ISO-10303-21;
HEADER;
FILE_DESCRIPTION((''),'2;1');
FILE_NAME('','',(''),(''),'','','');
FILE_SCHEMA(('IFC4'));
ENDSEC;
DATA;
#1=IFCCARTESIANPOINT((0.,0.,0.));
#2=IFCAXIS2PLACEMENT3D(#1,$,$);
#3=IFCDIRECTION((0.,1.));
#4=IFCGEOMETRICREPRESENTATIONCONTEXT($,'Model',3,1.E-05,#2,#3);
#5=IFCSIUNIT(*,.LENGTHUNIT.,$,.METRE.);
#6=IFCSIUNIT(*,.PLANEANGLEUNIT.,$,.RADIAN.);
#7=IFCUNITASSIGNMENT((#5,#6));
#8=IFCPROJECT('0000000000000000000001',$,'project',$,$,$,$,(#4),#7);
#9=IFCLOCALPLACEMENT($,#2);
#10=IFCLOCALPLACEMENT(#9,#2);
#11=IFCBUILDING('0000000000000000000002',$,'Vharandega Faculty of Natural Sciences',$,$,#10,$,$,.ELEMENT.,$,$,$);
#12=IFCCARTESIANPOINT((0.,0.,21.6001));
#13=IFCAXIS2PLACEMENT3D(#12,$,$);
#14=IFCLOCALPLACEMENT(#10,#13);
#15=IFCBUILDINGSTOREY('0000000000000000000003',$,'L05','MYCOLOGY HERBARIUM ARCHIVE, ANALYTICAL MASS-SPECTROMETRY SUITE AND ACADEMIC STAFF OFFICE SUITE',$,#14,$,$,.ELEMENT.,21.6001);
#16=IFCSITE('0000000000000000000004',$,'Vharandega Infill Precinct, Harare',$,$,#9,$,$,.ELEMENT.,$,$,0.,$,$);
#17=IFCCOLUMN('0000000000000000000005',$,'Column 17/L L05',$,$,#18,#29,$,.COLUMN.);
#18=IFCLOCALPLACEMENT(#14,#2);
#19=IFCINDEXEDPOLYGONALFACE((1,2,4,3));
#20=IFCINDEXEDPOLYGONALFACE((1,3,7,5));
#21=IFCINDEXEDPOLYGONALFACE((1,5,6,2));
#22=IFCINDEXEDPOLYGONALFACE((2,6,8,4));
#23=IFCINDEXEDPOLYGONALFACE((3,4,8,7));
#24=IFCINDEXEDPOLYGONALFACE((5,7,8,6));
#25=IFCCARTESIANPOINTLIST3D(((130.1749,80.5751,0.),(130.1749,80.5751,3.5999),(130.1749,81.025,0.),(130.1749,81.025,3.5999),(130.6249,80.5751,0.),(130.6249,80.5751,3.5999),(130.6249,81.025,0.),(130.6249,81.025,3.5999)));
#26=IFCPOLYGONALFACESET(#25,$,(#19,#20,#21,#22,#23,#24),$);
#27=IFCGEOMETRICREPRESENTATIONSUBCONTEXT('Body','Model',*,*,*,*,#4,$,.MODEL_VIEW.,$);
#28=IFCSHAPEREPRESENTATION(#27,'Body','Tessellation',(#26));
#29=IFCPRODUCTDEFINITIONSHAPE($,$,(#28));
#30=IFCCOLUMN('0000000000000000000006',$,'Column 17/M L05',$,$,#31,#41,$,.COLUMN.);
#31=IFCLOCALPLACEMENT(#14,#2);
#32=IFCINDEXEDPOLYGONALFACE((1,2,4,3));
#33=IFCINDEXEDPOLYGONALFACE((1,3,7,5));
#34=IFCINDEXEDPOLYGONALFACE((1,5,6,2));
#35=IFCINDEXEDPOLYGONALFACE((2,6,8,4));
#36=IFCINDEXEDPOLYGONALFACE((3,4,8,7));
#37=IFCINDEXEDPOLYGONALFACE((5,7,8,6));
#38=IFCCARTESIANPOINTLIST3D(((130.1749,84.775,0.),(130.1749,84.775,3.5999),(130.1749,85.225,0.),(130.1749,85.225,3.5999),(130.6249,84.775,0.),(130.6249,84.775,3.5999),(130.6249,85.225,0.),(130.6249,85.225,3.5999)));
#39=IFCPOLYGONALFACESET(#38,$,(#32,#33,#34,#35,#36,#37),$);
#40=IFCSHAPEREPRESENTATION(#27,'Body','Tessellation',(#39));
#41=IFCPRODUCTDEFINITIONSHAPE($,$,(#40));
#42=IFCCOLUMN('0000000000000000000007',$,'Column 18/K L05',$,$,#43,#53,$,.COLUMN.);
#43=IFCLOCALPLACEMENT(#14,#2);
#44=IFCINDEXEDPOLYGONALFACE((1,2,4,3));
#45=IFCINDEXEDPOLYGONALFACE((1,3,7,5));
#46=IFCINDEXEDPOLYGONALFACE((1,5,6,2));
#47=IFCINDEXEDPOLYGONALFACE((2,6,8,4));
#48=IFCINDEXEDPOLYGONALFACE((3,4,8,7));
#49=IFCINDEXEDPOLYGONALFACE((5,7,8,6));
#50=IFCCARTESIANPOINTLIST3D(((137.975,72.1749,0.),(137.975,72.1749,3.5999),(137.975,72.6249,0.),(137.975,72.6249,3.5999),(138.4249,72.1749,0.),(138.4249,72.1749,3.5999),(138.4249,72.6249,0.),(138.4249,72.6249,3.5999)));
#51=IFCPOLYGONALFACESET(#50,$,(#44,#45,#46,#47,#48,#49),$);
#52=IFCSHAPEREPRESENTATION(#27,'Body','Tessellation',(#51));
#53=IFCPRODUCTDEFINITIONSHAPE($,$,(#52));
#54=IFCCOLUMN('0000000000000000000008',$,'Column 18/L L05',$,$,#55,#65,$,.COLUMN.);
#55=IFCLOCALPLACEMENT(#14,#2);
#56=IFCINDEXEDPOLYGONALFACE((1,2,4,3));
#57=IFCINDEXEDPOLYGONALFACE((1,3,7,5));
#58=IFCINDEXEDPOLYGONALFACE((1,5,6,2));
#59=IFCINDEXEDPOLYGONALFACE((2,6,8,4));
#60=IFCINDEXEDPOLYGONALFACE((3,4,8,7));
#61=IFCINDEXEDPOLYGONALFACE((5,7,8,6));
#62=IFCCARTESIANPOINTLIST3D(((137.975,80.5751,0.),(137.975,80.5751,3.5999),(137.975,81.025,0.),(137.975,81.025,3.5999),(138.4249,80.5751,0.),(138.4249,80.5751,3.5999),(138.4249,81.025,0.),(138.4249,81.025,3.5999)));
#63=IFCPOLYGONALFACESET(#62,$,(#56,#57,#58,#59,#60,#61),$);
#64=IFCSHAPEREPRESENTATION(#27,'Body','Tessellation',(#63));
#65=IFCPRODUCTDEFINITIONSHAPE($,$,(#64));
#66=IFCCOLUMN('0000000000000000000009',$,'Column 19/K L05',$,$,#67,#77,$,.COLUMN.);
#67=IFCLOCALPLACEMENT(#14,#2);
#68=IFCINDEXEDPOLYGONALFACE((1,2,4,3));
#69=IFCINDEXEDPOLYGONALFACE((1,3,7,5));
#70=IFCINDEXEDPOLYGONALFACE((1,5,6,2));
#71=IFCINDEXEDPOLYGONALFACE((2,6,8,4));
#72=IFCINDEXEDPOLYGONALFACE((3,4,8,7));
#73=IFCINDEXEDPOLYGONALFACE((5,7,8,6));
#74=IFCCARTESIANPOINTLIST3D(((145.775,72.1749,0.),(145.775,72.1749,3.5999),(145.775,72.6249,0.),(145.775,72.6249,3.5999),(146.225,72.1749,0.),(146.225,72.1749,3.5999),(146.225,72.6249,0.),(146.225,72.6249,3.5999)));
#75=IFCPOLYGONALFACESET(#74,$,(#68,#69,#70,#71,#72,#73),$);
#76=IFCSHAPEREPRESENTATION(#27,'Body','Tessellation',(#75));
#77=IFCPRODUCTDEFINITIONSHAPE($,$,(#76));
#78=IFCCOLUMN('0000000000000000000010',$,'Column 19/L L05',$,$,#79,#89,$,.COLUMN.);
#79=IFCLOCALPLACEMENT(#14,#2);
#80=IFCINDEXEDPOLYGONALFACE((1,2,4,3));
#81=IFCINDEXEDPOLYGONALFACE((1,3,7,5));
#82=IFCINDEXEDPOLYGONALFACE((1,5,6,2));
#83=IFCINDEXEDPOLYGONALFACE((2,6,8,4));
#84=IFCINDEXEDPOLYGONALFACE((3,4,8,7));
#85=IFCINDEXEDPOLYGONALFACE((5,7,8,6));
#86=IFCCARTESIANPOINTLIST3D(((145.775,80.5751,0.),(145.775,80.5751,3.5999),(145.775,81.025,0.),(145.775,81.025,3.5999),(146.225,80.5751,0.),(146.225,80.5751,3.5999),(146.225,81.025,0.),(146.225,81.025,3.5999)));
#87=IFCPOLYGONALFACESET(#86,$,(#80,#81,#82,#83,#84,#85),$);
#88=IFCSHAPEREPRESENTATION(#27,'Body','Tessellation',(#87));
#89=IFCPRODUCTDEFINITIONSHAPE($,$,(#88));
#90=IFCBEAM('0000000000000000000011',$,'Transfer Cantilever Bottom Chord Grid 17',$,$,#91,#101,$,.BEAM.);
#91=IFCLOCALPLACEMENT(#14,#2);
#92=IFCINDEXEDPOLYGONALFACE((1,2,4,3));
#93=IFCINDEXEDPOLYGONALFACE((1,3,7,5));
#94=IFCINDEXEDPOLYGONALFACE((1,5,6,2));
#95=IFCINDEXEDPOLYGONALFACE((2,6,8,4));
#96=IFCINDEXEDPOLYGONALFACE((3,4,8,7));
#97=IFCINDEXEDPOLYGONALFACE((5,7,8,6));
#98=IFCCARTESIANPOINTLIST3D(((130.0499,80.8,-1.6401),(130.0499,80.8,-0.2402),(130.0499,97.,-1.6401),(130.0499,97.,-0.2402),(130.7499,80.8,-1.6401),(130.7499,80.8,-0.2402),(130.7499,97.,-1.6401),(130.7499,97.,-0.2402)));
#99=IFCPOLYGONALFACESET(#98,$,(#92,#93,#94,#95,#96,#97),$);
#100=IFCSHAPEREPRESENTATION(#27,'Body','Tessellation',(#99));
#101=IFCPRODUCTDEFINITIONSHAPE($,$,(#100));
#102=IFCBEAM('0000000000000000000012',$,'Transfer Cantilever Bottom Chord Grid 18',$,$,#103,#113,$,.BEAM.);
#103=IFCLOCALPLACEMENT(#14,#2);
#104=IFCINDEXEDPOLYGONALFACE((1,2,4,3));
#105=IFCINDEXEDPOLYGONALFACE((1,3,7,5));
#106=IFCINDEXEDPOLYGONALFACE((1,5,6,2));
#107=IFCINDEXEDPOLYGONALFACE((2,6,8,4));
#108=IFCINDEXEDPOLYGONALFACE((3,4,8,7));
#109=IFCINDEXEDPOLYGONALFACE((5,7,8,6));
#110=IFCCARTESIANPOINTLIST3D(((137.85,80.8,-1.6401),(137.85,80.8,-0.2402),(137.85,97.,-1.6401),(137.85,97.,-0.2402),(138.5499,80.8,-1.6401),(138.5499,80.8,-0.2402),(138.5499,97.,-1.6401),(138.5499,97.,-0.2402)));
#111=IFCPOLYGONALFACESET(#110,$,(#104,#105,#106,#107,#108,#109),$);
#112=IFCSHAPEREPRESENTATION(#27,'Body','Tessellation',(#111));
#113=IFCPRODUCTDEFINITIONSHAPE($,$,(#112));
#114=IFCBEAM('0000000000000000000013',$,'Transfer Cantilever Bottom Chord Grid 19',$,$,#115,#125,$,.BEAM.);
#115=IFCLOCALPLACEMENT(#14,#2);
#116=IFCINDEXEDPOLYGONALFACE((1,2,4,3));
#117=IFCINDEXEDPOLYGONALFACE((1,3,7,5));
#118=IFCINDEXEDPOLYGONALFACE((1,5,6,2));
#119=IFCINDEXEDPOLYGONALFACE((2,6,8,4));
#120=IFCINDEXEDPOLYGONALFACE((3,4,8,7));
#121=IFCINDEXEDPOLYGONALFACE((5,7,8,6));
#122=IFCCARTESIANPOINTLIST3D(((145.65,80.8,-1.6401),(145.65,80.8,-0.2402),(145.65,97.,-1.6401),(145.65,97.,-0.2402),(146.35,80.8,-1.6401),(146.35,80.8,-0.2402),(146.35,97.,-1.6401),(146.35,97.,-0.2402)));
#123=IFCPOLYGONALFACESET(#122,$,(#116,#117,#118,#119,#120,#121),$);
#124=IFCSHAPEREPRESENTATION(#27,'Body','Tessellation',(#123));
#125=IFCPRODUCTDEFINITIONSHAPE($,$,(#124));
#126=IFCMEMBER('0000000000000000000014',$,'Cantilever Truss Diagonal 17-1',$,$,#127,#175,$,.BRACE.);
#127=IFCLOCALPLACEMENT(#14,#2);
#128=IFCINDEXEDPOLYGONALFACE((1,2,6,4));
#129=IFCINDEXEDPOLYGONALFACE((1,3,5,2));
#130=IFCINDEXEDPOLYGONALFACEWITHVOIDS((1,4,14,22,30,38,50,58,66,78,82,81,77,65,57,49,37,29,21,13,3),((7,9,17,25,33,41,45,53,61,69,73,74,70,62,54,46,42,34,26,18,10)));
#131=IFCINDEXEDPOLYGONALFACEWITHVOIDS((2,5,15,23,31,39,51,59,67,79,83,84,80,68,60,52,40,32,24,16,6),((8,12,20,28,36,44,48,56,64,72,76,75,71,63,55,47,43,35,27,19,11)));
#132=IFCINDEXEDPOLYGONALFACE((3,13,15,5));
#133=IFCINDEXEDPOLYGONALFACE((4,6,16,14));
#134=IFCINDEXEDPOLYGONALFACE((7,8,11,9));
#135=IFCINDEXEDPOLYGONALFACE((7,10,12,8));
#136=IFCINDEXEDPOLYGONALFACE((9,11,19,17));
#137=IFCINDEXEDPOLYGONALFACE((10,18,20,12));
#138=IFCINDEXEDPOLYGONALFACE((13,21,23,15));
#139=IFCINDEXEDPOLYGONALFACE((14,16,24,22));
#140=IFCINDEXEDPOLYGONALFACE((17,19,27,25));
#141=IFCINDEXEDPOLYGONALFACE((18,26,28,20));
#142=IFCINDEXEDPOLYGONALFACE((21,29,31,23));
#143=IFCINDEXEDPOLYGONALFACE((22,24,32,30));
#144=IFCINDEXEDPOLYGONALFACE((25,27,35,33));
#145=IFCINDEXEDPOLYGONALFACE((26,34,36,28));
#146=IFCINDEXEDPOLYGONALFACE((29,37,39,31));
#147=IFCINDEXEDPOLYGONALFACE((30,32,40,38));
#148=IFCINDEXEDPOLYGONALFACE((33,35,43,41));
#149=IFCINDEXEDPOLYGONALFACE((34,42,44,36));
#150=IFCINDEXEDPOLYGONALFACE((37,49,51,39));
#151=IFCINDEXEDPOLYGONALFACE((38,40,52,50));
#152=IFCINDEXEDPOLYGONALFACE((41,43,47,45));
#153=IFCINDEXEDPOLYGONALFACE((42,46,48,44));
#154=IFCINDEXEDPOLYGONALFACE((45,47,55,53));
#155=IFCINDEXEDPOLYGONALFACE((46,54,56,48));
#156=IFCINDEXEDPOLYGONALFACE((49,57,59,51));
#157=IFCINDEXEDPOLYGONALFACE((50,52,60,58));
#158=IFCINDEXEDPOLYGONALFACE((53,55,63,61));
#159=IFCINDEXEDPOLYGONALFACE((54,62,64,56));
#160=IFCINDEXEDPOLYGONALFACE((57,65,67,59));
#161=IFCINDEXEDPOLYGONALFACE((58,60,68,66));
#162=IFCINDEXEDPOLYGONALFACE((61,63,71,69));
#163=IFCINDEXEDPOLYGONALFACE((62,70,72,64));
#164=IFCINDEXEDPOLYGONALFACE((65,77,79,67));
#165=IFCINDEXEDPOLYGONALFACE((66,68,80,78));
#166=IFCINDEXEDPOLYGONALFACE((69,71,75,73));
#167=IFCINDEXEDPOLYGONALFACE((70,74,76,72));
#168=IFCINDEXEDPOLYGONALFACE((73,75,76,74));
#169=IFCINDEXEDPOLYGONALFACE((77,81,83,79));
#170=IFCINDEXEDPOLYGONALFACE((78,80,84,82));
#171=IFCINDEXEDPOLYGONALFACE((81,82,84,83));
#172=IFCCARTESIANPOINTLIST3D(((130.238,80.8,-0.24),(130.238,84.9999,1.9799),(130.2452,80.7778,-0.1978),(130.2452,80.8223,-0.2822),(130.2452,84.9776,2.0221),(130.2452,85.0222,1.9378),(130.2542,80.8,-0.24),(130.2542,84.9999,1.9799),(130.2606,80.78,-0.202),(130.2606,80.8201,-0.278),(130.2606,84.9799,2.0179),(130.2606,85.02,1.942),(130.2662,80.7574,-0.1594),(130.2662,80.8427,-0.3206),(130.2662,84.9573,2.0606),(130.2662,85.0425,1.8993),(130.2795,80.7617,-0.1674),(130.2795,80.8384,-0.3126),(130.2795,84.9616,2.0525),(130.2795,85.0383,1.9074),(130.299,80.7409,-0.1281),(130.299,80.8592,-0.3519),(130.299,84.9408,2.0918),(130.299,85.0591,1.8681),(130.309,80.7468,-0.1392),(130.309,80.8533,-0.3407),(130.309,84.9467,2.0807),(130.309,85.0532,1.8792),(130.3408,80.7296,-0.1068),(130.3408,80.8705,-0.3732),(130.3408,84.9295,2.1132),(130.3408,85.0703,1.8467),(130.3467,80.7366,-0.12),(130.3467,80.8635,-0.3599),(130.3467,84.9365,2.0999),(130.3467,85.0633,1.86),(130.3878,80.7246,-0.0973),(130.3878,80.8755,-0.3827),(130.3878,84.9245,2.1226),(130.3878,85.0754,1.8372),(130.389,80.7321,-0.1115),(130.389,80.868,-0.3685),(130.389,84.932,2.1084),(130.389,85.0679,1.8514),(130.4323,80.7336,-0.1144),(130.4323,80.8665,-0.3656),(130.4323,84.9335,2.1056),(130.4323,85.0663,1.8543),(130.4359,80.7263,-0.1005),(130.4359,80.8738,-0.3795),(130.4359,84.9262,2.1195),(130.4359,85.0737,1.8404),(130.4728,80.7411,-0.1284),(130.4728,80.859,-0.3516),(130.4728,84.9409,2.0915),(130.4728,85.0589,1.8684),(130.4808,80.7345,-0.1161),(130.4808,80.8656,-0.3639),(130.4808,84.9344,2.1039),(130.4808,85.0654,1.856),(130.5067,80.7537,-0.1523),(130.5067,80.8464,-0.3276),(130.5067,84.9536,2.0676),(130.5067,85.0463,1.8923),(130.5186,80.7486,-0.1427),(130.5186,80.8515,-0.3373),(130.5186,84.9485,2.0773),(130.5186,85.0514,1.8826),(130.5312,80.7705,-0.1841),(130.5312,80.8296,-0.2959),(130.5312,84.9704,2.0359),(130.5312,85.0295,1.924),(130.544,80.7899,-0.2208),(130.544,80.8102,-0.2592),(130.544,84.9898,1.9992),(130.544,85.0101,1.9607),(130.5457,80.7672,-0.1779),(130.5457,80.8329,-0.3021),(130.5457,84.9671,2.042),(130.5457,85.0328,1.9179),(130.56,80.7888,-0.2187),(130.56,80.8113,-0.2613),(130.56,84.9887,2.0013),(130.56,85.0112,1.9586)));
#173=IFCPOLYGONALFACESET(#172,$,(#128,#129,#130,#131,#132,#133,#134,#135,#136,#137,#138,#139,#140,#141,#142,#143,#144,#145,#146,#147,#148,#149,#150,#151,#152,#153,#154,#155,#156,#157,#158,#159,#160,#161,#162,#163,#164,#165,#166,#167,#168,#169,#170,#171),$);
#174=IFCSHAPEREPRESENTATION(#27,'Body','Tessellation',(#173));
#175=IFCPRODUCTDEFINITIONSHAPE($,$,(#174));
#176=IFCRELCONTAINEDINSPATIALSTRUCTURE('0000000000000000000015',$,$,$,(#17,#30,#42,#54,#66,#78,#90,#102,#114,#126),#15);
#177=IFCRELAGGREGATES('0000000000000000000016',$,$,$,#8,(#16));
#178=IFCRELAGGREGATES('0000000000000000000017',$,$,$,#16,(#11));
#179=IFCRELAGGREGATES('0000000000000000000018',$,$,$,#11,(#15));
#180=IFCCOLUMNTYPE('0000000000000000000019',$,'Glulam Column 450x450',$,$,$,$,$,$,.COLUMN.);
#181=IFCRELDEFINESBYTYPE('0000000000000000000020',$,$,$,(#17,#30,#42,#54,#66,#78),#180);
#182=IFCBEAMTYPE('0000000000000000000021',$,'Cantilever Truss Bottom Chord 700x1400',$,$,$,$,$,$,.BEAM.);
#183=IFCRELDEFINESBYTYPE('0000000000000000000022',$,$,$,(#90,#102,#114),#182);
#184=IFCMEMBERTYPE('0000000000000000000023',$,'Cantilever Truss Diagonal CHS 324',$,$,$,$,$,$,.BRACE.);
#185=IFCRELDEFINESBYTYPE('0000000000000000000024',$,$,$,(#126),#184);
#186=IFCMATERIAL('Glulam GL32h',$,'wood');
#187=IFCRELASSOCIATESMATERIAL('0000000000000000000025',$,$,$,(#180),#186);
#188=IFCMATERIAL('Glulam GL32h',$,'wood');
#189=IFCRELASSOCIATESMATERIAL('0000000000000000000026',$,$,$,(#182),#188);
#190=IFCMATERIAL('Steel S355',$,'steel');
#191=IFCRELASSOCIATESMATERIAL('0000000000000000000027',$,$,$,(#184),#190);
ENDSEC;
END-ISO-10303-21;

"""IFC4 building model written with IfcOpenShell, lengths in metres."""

from ifc_helpers import new_model, si_unit, direction, frame, origin, origin_2d, place, context, subcontext, project, spatial, rectangle, hollow_circle, extrude, material, material_profile, profile_set, type_object, element, save


model = new_model("IFC4")

# Units and contexts
model_context = context("Model", 3, precision=1e-05, world=origin(), true_north=direction((0.0, 1.0)))
body_context = subcontext(model_context, "Body", "Model", "MODEL_VIEW")
ifc_project = project(units=[si_unit("LENGTHUNIT", "METRE"), si_unit("PLANEANGLEUNIT", "RADIAN")], contexts=[model_context])

# Site, building, storey
site_placement = place(None, origin())
site = spatial("IfcSite", under=ifc_project, at=site_placement, Name="Vharandega Infill Precinct, Harare", CompositionType="ELEMENT", RefElevation=0.0)
building_placement = place(site_placement, origin())
building = spatial("IfcBuilding", under=site, at=building_placement, Name="Vharandega Faculty of Natural Sciences", CompositionType="ELEMENT")
storey_placement = place(building_placement, frame((0.0, 0.0, 21.6001)))
storey = spatial("IfcBuildingStorey", under=building, at=storey_placement, Name="L05", Description="MYCOLOGY HERBARIUM ARCHIVE, ANALYTICAL MASS-SPECTROMETRY SUITE AND ACADEMIC STAFF OFFICE SUITE", CompositionType="ELEMENT", Elevation=21.6001)

# Columns
ifc_material_1 = material(Name="Glulam GL32h", Category="wood")
ifc_material_profile_1 = material_profile(ifc_material_1, rectangle(XDim=0.45, YDim=0.45, at=origin_2d()), Name="GL32h 450x450")
ifc_profile_set_1 = profile_set([ifc_material_profile_1], Name="Glulam GL32h")
column_type = type_object("IfcColumnType", Name="Glulam Column 450x450", PredefinedType="COLUMN", material=ifc_profile_set_1)
for number, where, z_axis, x_axis, name in (
    (1, (130.3999, 80.8, 0.0), (0.0, 0.0, 1.0), (1.0, 0.0, 0.0), "Column 17/L L05"),
    (2, (130.3999, 85.0, 0.0), (0.0, 0.0, 1.0), (1.0, 0.0, 0.0), "Column 17/M L05"),
    (3, (138.2, 72.3999, 0.0), (0.0, 0.0, 1.0), (1.0, 0.0, 0.0), "Column 18/K L05"),
    (4, (138.2, 80.8, 0.0), (0.0, 0.0, 1.0), (1.0, 0.0, 0.0), "Column 18/L L05"),
    (5, (146.0, 72.3999, 0.0), (0.0, 0.0, 1.0), (1.0, 0.0, 0.0), "Column 19/K L05"),
    (6, (146.0, 80.8, 0.0), (0.0, 0.0, 1.0), (1.0, 0.0, 0.0), "Column 19/L L05"),
):
    element("IfcColumn", number, at=place(storey_placement, frame(where, z_axis=z_axis, x_axis=x_axis)), inside=storey, type_object=column_type, Name=name, PredefinedType="COLUMN", context=body_context, shape_type="SweptSolid", body=[
        extrude(rectangle(XDim=0.45, YDim=0.45, at=origin_2d()), origin(), (0.0, 0.0, 1.0), 3.5999),
    ])

# Beams
ifc_material_2 = material(Name="Glulam GL32h", Category="wood")
ifc_material_profile_2 = material_profile(ifc_material_2, rectangle(XDim=0.7, YDim=1.3999, at=origin_2d()), Name="GL32h 700x1400")
ifc_profile_set_2 = profile_set([ifc_material_profile_2], Name="Glulam GL32h")
beam_type_1 = type_object("IfcBeamType", Name="Cantilever Truss Bottom Chord 700x1400", PredefinedType="BEAM", material=ifc_profile_set_2)
for number, where, z_axis, x_axis, name in (
    (7, (130.3999, 80.8, -0.9402), (0.0, 1.0, 0.0), (-1.0, 0.0, 0.0), "Transfer Cantilever Bottom Chord Grid 17"),
    (8, (138.2, 80.8, -0.9402), (0.0, 1.0, 0.0), (-1.0, 0.0, 0.0), "Transfer Cantilever Bottom Chord Grid 18"),
    (9, (146.0, 80.8, -0.9402), (0.0, 1.0, 0.0), (-1.0, 0.0, 0.0), "Transfer Cantilever Bottom Chord Grid 19"),
):
    element("IfcBeam", number, at=place(storey_placement, frame(where, z_axis=z_axis, x_axis=x_axis)), inside=storey, type_object=beam_type_1, Name=name, PredefinedType="BEAM", context=body_context, shape_type="SweptSolid", body=[
        extrude(rectangle(XDim=0.7, YDim=1.3999, at=origin_2d()), origin(), (0.0, 0.0, 1.0), 16.2),
    ])

# Member
ifc_material_3 = material(Name="Steel S355", Category="steel")
ifc_material_profile_3 = material_profile(ifc_material_3, hollow_circle(Radius=0.1619, WallThickness=0.0161, at=origin_2d()), Name="CHS 323.9x16")
ifc_profile_set_3 = profile_set([ifc_material_profile_3], Name="Steel S355")
member_type = type_object("IfcMemberType", Name="Cantilever Truss Diagonal CHS 324", PredefinedType="BRACE", material=ifc_profile_set_3)
for number, where, z_axis, x_axis, name in (
    (10, (130.3999, 80.8, -0.24), (0.0, 0.884095, 0.467307), (-1.0, 0.0, 0.0), "Cantilever Truss Diagonal 17-1"),
):
    element("IfcMember", number, at=place(storey_placement, frame(where, z_axis=z_axis, x_axis=x_axis)), inside=storey, type_object=member_type, Name=name, PredefinedType="BRACE", context=body_context, shape_type="SweptSolid", body=[
        extrude(hollow_circle(Radius=0.1619, WallThickness=0.0161, at=origin_2d()), origin(), (0.0, 0.0, 1.0), 4.7505),
    ])

save(model, "model.ifc")
